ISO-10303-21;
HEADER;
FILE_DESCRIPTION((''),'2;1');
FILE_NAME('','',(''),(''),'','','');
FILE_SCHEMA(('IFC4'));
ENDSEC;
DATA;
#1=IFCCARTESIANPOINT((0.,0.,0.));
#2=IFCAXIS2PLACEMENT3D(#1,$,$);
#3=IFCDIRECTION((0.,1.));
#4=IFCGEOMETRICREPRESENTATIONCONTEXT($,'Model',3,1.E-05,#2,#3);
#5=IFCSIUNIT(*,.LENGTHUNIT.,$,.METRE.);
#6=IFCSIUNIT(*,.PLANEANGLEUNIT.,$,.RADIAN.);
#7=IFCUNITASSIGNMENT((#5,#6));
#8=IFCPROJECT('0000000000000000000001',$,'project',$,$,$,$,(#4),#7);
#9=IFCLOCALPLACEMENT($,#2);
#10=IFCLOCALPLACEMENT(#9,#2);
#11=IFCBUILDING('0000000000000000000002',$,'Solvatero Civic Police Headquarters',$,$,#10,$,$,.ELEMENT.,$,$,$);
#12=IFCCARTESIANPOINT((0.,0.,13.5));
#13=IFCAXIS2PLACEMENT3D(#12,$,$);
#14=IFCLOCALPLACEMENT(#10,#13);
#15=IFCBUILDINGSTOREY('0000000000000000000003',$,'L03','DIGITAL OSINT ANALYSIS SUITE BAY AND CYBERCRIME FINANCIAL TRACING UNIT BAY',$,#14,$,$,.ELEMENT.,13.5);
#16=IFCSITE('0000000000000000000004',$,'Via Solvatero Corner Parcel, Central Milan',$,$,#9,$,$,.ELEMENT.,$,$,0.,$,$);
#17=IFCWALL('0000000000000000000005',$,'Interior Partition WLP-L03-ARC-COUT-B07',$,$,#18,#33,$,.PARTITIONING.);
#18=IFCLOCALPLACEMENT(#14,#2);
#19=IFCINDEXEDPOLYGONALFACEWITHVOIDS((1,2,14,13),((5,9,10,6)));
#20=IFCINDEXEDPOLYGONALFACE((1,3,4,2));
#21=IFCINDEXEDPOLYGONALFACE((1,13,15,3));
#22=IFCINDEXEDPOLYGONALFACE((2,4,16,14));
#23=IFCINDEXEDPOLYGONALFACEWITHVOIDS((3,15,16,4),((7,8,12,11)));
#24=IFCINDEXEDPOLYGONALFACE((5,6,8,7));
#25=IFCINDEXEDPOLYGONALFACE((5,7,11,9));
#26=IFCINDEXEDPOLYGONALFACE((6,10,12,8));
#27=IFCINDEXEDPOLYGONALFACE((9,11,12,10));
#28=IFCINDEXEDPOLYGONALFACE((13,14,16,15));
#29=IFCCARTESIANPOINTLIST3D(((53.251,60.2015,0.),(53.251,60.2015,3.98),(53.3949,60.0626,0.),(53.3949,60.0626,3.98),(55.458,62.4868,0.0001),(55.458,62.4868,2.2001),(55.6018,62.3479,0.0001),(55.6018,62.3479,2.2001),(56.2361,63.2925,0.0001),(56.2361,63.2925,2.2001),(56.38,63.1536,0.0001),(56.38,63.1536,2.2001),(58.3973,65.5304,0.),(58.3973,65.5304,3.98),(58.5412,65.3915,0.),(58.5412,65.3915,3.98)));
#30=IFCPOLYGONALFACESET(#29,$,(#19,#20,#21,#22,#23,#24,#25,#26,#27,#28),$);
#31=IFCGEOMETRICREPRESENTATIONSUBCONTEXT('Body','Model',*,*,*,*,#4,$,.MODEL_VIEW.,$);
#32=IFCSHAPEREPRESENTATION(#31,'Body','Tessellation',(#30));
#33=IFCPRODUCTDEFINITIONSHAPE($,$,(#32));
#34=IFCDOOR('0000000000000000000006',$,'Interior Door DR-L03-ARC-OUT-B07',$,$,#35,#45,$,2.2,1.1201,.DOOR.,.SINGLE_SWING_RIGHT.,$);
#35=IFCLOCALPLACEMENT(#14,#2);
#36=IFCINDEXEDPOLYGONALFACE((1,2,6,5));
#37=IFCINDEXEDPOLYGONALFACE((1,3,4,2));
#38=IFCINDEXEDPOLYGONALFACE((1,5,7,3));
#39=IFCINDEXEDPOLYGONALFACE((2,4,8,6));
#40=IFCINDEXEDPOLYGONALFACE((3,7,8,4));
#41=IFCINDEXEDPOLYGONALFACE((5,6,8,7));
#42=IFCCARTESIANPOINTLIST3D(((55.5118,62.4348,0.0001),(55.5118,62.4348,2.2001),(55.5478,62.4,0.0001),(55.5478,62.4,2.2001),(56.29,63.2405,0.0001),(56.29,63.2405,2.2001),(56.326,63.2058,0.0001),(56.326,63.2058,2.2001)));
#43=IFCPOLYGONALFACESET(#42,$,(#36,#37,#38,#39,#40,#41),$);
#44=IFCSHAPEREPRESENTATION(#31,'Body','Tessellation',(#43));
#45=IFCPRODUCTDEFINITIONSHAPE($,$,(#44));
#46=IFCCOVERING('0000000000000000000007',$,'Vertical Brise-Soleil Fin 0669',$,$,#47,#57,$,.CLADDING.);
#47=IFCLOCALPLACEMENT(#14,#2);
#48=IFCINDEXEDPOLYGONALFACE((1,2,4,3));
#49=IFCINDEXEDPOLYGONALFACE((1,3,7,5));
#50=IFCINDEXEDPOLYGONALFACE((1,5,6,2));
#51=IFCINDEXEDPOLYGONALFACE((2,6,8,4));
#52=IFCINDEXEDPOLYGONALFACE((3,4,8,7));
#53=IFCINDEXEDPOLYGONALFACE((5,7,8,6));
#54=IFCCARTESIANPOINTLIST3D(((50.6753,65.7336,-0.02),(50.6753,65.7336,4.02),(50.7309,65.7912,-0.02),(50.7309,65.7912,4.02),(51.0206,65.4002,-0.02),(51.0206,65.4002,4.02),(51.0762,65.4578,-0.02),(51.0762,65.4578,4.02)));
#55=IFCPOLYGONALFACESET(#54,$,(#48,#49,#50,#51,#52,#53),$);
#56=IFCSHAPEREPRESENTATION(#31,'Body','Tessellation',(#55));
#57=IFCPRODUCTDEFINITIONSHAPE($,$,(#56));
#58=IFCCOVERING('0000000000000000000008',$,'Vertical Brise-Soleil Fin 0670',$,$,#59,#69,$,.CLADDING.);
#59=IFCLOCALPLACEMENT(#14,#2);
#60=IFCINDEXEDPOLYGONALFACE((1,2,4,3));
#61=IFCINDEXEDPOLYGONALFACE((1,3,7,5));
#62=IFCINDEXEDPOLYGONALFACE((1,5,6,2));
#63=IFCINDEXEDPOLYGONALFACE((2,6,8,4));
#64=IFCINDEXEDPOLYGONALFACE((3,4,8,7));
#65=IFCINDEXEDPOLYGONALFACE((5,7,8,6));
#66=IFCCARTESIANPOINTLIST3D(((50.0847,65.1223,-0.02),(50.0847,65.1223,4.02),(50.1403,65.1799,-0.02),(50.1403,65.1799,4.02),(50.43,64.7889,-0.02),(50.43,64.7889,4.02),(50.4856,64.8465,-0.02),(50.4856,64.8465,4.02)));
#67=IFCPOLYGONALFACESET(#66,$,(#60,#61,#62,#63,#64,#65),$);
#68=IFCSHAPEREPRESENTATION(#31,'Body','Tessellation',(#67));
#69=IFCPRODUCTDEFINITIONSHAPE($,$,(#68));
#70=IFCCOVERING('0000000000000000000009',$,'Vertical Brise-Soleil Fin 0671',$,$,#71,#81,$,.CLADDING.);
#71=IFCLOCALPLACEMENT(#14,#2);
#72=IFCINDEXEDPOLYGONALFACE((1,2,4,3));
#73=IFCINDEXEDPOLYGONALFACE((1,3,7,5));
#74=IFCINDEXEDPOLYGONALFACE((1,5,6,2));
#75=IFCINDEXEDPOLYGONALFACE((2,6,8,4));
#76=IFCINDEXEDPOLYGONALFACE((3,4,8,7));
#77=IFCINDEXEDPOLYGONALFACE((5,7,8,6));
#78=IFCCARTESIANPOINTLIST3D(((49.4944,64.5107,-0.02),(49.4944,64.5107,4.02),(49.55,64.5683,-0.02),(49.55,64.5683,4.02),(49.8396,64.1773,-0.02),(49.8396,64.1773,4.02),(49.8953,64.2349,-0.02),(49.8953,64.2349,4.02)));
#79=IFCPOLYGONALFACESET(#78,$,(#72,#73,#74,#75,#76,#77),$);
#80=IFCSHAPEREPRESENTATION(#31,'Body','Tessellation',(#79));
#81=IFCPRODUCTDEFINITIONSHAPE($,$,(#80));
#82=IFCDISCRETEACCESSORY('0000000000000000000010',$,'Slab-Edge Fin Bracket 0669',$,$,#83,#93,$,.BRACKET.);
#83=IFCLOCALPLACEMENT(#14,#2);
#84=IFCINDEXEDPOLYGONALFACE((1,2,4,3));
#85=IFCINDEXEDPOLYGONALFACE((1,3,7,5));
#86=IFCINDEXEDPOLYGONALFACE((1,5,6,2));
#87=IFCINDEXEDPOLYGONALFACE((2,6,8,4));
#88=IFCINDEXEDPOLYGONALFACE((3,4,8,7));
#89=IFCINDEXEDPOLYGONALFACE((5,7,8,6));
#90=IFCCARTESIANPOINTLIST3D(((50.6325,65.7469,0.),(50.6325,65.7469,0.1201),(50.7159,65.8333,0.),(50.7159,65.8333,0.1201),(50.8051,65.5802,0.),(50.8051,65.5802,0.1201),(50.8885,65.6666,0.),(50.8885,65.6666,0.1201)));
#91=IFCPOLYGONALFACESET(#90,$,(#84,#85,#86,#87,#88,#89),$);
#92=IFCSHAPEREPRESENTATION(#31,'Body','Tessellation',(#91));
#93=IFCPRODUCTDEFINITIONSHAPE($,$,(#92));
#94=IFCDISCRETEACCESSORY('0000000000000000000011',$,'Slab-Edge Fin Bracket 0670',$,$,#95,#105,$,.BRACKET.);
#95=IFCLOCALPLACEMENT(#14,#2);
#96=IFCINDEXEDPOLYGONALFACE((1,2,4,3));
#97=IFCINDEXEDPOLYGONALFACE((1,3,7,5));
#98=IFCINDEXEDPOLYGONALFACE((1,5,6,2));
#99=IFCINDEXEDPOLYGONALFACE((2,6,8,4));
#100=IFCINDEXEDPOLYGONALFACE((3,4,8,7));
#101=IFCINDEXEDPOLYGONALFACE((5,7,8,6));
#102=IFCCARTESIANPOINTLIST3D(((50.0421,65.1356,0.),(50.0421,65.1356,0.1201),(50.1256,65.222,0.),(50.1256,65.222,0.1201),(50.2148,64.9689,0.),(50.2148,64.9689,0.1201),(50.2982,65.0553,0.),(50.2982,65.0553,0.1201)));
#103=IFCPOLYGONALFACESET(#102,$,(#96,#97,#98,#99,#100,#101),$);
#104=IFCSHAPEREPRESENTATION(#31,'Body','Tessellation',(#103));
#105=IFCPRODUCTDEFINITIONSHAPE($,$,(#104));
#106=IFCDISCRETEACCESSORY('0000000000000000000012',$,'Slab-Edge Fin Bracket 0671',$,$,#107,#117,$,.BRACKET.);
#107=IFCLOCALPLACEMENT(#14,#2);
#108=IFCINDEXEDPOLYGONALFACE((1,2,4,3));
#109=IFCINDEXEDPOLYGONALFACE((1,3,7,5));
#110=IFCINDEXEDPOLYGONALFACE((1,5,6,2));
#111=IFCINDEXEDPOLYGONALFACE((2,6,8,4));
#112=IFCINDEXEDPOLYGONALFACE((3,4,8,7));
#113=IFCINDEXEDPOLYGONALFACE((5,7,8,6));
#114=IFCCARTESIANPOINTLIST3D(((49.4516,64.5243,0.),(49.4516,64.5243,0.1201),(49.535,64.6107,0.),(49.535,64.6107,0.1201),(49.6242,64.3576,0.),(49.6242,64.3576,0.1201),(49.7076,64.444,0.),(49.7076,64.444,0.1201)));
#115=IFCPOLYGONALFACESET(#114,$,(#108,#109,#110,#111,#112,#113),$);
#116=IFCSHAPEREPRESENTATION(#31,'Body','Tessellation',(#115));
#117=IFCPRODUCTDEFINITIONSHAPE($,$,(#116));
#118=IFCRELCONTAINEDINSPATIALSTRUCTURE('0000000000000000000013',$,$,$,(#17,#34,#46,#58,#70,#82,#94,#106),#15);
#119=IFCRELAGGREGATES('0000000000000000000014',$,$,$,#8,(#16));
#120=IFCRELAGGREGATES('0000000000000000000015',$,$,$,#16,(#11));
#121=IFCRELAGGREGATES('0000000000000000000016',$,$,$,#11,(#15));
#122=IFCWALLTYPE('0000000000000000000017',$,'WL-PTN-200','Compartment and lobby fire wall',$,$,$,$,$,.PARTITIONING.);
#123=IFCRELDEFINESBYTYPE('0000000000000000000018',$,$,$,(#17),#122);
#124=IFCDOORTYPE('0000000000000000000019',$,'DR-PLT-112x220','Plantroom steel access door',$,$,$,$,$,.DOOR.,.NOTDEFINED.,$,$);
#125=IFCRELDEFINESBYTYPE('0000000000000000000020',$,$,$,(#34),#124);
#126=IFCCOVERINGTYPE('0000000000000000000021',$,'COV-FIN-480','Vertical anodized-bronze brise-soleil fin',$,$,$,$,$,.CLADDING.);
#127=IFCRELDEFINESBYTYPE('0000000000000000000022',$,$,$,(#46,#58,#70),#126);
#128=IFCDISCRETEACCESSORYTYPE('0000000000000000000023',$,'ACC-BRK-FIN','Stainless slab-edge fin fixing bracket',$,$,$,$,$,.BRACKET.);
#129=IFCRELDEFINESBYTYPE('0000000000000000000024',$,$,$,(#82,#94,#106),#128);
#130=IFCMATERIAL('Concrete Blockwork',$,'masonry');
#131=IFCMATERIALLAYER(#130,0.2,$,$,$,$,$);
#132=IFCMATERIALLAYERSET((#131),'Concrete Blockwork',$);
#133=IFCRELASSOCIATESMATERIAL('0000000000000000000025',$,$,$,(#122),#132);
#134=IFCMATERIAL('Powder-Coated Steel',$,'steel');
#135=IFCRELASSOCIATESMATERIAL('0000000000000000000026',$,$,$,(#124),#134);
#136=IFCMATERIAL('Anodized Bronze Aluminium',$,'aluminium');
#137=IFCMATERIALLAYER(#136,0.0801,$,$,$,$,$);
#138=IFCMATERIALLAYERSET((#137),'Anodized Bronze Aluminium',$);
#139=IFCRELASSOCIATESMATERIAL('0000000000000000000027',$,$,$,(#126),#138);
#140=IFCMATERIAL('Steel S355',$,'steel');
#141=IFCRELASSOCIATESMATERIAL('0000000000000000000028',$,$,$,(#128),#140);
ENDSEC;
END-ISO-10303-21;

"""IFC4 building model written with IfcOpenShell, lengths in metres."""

from ifc_helpers import new_model, si_unit, direction, frame, frame_2d, origin, origin_2d, place, context, subcontext, project, spatial, rectangle, extrude, material, layer, layer_set, type_object, element, fill, save


model = new_model("IFC4")

# Units and contexts
model_context = context("Model", 3, precision=1e-05, world=origin(), true_north=direction((0.0, 1.0)))
body_context = subcontext(model_context, "Body", "Model", "MODEL_VIEW")
ifc_project = project(units=[si_unit("LENGTHUNIT", "METRE"), si_unit("PLANEANGLEUNIT", "RADIAN")], contexts=[model_context])

# Site, building, storey
site_placement = place(None, origin())
site = spatial("IfcSite", under=ifc_project, at=site_placement, Name="Via Solvatero Corner Parcel, Central Milan", CompositionType="ELEMENT", RefElevation=0.0)
building_placement = place(site_placement, origin())
building = spatial("IfcBuilding", under=site, at=building_placement, Name="Solvatero Civic Police Headquarters", CompositionType="ELEMENT")
storey_placement = place(building_placement, frame((0.0, 0.0, 13.5)))
storey = spatial("IfcBuildingStorey", under=building, at=storey_placement, Name="L03", Description="DIGITAL OSINT ANALYSIS SUITE BAY AND CYBERCRIME FINANCIAL TRACING UNIT BAY", CompositionType="ELEMENT", Elevation=13.5)

# Shared definitions
ifc_material_1 = material(Name="Steel S355", Category="steel")

# Shared definitions
ifc_material_2 = material(Name="Anodized Bronze Aluminium", Category="aluminium")

# Shared definitions
ifc_material_3 = material(Name="Powder-Coated Steel", Category="steel")

# Wall, opening, door
ifc_material_4 = material(Name="Concrete Blockwork", Category="masonry")
ifc_layer_1 = layer(ifc_material_4, 0.2)
ifc_layer_set_1 = layer_set([ifc_layer_1], Name="Concrete Blockwork")
wall_type_1 = type_object("IfcWallType", Name="WL-PTN-200", Description="Compartment and lobby fire wall", PredefinedType="PARTITIONING", material=ifc_layer_set_1)
wall_1_placement = place(storey_placement, frame((58.4692, 65.4609, 0.0), z_axis=(0.0, 0.0, 1.0), x_axis=(-0.694674, -0.719325, 0.0)))
wall_1 = element("IfcWall", 1, at=wall_1_placement, inside=storey, type_object=wall_type_1, Name="Interior Partition WLP-L03-ARC-COUT-B07", PredefinedType="PARTITIONING", context=body_context, shape_type="SweptSolid", body=[
    extrude(rectangle(XDim=7.4082, YDim=0.2, at=frame_2d((3.7041, 0.0))), origin(), (0.0, 0.0, 1.0), 3.98),
])
opening_1_placement = place(wall_1_placement, frame((3.1111, 0.0, 0.0)))
opening_1 = element("IfcOpeningElement", 2, at=opening_1_placement, cuts=wall_1, PredefinedType="OPENING", context=body_context, shape_type="SweptSolid", body=[
    extrude(rectangle(XDim=1.1201, YDim=2.2, at=frame_2d((0.5601, 1.1001))), frame((0.0, 0.1099, 0.0), z_axis=(0.0, -1.0, 0.0), x_axis=(1.0, 0.0, 0.0)), (0.0, 0.0, 1.0), 0.22),
])
door_type_1 = type_object("IfcDoorType", Name="DR-PLT-112x220", Description="Plantroom steel access door", OperationType="NOTDEFINED", PredefinedType="DOOR", material=ifc_material_3)
door_1_placement = place(opening_1_placement, origin())
door_1 = element("IfcDoor", 3, at=door_1_placement, inside=storey, type_object=door_type_1, Name="Interior Door DR-L03-ARC-OUT-B07", OperationType="SINGLE_SWING_RIGHT", OverallHeight=2.2, OverallWidth=1.1201, PredefinedType="DOOR", context=body_context, shape_type="SweptSolid", body=[
    extrude(rectangle(XDim=1.1201, YDim=2.2, at=frame_2d((0.5601, 1.1001))), frame((0.0, 0.0249, 0.0), z_axis=(0.0, -1.0, 0.0), x_axis=(1.0, 0.0, 0.0)), (0.0, 0.0, 1.0), 0.05),
])
fill(opening_1, door_1)

# Coverings
ifc_layer_2 = layer(ifc_material_2, 0.0801)
ifc_layer_set_2 = layer_set([ifc_layer_2], Name="Anodized Bronze Aluminium")
covering_type = type_object("IfcCoveringType", Name="COV-FIN-480", Description="Vertical anodized-bronze brise-soleil fin", PredefinedType="CLADDING", material=ifc_layer_set_2)
for number, where, z_axis, x_axis, name in (
    (4, (50.8757, 65.5957, -0.02), (0.0, 0.0, 1.0), (-0.694646, -0.719352, 0.0), "Vertical Brise-Soleil Fin 0669"),
    (5, (50.2852, 64.9844, -0.02), (0.0, 0.0, 1.0), (-0.694646, -0.719352, 0.0), "Vertical Brise-Soleil Fin 0670"),
    (6, (49.6948, 64.3728, -0.02), (0.0, 0.0, 1.0), (-0.694646, -0.719352, 0.0), "Vertical Brise-Soleil Fin 0671"),
):
    element("IfcCovering", number, at=place(storey_placement, frame(where, z_axis=z_axis, x_axis=x_axis)), inside=storey, type_object=covering_type, Name=name, PredefinedType="CLADDING", context=body_context, shape_type="SweptSolid", body=[
        extrude(rectangle(XDim=0.0801, YDim=0.48, at=origin_2d()), origin(), (0.0, 0.0, 1.0), 4.04),
    ])

# Discrete accessories
discrete_accessory_type = type_object("IfcDiscreteAccessoryType", Name="ACC-BRK-FIN", Description="Stainless slab-edge fin fixing bracket", PredefinedType="BRACKET", material=ifc_material_1)
for number, where, z_axis, x_axis, name in (
    (7, (50.7605, 65.7068, 0.0), (0.0, 0.0, 1.0), (-0.694646, -0.719352, 0.0), "Slab-Edge Fin Bracket 0669"),
    (8, (50.1702, 65.0955, 0.0), (0.0, 0.0, 1.0), (-0.694646, -0.719352, 0.0), "Slab-Edge Fin Bracket 0670"),
    (9, (49.5796, 64.4841, 0.0), (0.0, 0.0, 1.0), (-0.694646, -0.719352, 0.0), "Slab-Edge Fin Bracket 0671"),
):
    element("IfcDiscreteAccessory", number, at=place(storey_placement, frame(where, z_axis=z_axis, x_axis=x_axis)), inside=storey, type_object=discrete_accessory_type, Name=name, PredefinedType="BRACKET", context=body_context, shape_type="SweptSolid", body=[
        extrude(rectangle(XDim=0.1201, YDim=0.24, at=origin_2d()), origin(), (0.0, 0.0, 1.0), 0.1201),
    ])

save(model, "model.ifc")
